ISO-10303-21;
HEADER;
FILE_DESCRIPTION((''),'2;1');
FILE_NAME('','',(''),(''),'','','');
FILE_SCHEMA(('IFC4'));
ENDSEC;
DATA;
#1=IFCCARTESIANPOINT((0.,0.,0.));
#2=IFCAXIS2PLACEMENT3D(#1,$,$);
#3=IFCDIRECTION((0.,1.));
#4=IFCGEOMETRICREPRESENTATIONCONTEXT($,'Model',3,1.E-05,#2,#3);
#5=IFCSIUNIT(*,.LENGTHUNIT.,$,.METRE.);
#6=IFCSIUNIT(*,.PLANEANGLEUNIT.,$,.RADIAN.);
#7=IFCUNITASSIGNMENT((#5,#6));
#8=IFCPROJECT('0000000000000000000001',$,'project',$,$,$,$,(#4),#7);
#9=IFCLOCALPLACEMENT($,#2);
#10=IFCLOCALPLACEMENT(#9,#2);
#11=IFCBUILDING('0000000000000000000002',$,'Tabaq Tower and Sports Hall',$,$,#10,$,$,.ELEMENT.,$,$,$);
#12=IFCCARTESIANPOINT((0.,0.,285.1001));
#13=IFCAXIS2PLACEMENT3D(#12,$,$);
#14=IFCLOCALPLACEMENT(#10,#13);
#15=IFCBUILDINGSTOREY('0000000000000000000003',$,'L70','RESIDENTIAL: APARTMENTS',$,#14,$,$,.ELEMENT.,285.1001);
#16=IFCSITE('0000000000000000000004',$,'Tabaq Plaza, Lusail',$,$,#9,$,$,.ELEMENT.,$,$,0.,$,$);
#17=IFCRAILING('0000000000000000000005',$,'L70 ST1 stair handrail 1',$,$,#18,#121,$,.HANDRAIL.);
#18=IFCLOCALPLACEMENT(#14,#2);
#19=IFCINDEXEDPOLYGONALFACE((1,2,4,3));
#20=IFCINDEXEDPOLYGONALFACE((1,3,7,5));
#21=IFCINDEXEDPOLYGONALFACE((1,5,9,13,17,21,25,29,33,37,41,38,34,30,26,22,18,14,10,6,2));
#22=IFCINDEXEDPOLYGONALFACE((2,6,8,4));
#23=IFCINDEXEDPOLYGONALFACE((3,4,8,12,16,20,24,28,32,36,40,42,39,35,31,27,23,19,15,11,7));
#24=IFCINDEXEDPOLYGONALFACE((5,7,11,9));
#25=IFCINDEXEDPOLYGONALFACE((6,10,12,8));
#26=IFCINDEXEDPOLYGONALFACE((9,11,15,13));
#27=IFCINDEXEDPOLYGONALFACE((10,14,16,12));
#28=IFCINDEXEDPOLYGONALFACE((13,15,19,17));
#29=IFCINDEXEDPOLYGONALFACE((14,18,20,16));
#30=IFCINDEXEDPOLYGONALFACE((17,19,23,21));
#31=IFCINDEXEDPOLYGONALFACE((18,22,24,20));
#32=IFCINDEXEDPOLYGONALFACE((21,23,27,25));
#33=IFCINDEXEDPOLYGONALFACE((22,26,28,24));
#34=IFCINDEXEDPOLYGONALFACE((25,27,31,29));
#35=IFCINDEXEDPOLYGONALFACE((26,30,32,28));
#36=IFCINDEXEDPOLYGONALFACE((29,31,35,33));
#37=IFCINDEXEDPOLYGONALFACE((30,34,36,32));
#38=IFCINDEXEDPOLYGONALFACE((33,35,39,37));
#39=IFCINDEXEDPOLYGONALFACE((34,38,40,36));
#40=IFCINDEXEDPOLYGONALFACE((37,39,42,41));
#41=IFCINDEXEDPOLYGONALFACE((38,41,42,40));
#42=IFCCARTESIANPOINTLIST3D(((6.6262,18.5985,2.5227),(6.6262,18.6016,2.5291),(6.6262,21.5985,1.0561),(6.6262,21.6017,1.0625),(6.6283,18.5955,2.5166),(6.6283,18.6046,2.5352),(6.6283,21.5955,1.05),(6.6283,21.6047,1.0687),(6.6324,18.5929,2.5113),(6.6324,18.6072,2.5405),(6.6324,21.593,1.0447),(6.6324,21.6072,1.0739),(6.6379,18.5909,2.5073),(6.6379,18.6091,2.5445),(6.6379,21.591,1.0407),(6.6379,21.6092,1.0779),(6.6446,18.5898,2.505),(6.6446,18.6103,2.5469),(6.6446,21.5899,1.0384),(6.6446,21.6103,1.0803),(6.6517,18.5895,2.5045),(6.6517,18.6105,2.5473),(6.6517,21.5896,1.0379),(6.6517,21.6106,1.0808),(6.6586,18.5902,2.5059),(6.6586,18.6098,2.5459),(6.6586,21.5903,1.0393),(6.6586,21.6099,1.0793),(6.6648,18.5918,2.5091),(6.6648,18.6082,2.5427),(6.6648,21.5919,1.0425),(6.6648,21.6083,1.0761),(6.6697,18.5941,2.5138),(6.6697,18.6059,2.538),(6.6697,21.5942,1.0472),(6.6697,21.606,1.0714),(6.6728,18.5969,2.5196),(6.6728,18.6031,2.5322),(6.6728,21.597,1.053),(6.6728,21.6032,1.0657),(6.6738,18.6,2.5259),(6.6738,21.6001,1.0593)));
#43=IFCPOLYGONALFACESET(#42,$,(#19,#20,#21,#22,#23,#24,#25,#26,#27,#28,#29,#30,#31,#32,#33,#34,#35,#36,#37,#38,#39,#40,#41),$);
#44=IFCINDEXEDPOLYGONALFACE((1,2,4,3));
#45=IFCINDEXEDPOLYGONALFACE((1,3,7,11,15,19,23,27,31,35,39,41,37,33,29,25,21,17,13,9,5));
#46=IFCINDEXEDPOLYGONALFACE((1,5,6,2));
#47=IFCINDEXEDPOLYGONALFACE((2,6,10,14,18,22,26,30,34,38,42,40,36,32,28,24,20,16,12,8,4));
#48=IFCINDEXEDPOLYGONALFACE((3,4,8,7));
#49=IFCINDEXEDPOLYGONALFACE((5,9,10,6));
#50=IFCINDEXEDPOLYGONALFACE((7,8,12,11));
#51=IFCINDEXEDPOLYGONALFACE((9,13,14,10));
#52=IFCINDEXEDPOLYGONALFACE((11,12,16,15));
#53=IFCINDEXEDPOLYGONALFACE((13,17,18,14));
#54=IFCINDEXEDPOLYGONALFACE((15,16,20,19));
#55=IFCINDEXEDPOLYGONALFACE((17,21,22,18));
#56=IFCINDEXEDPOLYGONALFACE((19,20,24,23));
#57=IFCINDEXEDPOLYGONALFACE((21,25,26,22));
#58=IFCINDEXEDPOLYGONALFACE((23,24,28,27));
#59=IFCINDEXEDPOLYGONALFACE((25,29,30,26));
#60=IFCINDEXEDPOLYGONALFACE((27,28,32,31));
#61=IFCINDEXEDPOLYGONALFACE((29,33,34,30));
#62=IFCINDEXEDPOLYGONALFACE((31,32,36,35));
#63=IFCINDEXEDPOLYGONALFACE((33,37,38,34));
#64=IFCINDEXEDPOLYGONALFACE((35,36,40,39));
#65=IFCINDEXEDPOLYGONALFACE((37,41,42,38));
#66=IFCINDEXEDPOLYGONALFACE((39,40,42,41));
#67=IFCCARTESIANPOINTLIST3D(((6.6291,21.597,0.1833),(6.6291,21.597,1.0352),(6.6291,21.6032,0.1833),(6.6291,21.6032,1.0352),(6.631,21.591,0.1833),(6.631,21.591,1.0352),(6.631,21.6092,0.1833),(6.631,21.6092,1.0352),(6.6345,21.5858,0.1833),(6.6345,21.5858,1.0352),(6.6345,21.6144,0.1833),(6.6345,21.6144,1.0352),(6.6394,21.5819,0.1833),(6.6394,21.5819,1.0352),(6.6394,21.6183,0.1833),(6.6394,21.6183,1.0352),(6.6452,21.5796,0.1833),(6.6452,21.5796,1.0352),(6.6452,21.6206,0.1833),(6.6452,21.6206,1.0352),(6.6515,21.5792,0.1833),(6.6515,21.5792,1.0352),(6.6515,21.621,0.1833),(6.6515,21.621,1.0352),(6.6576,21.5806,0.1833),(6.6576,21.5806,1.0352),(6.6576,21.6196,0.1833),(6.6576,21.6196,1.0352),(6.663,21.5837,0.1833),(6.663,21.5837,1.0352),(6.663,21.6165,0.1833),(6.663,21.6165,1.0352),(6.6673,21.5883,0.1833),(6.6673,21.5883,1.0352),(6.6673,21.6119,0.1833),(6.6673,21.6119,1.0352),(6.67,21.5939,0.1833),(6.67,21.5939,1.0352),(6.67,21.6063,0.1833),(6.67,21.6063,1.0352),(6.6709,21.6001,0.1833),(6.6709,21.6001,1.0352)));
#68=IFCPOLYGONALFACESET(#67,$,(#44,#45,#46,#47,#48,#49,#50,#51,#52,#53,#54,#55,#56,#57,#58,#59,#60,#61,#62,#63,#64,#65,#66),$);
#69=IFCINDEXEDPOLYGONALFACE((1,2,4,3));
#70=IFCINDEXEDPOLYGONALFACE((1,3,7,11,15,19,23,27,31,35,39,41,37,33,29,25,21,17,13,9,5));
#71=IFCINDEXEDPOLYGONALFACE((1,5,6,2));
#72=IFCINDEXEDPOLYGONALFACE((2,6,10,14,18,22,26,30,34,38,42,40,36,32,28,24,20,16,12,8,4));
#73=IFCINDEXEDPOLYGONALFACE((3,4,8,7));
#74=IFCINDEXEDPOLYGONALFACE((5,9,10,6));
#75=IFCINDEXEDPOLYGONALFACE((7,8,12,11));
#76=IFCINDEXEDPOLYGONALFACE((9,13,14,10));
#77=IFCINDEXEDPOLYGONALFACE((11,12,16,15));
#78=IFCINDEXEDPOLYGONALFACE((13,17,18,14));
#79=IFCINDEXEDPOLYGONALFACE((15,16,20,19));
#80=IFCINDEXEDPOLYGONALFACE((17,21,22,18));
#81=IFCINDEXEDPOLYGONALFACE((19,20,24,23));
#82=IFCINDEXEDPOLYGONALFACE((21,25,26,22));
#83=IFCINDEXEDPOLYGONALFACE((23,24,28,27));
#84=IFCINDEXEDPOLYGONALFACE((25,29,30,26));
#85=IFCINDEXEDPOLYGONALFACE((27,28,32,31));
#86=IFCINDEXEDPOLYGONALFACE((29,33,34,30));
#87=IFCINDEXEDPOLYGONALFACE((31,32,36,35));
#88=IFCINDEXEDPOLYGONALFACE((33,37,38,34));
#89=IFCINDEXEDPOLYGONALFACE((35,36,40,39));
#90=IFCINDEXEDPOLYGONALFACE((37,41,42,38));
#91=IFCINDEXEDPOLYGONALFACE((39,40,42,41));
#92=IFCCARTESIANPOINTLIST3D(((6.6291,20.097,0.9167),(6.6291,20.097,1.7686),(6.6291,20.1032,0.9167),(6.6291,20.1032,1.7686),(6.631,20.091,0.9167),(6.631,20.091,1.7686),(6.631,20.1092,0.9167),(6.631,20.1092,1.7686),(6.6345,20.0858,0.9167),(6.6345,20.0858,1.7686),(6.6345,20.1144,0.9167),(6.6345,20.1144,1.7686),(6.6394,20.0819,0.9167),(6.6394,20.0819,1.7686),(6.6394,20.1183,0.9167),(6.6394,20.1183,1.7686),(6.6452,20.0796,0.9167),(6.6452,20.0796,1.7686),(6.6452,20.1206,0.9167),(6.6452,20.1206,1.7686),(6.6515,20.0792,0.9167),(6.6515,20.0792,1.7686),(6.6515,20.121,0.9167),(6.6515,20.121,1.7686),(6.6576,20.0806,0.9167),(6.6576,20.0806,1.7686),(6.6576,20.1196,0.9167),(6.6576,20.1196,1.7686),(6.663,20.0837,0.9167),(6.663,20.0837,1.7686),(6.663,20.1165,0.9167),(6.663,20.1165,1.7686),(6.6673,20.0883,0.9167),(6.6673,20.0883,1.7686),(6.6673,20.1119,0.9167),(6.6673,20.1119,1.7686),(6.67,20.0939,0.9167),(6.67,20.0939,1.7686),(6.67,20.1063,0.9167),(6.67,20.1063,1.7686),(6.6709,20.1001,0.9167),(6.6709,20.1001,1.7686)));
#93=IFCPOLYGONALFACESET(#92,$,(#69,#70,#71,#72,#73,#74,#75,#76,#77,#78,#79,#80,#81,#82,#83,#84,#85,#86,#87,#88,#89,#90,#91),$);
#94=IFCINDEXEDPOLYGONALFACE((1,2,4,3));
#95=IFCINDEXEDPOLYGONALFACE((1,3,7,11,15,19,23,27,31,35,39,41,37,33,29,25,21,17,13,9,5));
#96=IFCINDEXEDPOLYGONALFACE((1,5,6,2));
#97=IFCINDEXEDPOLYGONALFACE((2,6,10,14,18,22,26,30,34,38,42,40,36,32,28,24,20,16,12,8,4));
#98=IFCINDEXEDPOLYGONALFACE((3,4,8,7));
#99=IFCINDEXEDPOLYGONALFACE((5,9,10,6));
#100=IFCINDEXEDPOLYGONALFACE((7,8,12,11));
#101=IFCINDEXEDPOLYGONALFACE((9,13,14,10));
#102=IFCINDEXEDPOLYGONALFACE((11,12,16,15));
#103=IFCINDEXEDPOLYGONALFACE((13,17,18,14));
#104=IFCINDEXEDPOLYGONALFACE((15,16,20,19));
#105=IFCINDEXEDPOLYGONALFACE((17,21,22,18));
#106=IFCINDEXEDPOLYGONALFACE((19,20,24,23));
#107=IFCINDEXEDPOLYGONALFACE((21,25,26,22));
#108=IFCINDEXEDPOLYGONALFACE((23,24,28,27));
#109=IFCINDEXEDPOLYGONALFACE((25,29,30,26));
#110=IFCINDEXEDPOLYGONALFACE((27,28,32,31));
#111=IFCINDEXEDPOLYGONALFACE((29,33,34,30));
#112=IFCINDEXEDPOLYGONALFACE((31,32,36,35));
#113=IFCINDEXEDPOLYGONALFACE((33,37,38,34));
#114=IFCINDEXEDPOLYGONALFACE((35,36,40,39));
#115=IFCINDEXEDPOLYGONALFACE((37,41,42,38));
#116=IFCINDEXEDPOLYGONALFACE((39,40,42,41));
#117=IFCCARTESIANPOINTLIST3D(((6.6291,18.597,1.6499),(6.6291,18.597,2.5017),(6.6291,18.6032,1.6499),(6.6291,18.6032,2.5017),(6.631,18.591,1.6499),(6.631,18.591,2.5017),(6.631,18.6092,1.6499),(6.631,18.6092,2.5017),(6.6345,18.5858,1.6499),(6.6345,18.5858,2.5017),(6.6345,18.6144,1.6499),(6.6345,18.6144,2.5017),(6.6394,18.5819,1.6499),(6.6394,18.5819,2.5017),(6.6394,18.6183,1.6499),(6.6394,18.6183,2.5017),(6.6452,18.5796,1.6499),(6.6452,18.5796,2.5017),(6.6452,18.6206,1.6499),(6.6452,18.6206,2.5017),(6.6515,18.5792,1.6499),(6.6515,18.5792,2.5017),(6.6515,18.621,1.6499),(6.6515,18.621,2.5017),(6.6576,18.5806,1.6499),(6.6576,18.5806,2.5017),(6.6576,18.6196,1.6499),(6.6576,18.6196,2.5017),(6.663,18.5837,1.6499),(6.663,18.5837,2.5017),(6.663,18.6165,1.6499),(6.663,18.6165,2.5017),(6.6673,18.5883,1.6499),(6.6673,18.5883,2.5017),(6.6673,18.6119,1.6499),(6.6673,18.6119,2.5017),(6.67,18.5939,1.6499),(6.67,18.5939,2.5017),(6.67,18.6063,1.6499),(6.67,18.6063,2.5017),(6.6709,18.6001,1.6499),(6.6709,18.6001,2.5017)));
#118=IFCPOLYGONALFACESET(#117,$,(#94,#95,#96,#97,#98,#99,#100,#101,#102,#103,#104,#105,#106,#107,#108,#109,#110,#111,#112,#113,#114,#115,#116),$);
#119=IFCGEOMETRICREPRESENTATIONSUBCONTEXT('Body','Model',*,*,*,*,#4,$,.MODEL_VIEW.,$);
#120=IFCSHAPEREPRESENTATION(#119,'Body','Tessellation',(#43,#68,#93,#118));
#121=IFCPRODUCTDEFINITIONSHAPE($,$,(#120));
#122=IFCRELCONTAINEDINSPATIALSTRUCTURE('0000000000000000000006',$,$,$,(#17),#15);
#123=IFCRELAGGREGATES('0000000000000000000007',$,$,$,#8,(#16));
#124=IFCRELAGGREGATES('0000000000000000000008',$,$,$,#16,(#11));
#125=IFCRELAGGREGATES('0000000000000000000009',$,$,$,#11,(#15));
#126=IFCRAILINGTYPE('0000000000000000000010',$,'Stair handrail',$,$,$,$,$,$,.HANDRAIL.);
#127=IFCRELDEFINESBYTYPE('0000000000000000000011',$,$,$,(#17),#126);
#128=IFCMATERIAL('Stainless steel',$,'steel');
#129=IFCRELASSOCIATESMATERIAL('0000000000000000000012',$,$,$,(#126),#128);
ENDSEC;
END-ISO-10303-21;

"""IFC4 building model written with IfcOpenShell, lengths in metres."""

from ifc_helpers import new_model, si_unit, direction, frame, origin, origin_2d, place, context, subcontext, project, spatial, circle, extrude, material, type_object, element, save


model = new_model("IFC4")

# Units and contexts
model_context = context("Model", 3, precision=1e-05, world=origin(), true_north=direction((0.0, 1.0)))
body_context = subcontext(model_context, "Body", "Model", "MODEL_VIEW")
ifc_project = project(units=[si_unit("LENGTHUNIT", "METRE"), si_unit("PLANEANGLEUNIT", "RADIAN")], contexts=[model_context])

# Site, building, storey
site_placement = place(None, origin())
site = spatial("IfcSite", under=ifc_project, at=site_placement, Name="Tabaq Plaza, Lusail", CompositionType="ELEMENT", RefElevation=0.0)
building_placement = place(site_placement, origin())
building = spatial("IfcBuilding", under=site, at=building_placement, Name="Tabaq Tower and Sports Hall", CompositionType="ELEMENT")
storey_placement = place(building_placement, frame((0.0, 0.0, 285.1001)))
storey = spatial("IfcBuildingStorey", under=building, at=storey_placement, Name="L70", Description="RESIDENTIAL: APARTMENTS", CompositionType="ELEMENT", Elevation=285.1001)

# Railing
ifc_material_1 = material(Name="Stainless steel", Category="steel")
railing_type = type_object("IfcRailingType", Name="Stair handrail", PredefinedType="HANDRAIL", material=ifc_material_1)
railing_1_placement = place(storey_placement, frame((6.6499, 21.6001, 0.1833)))
element("IfcRailing", 1, at=railing_1_placement, inside=storey, type_object=railing_type, Name="L70 ST1 stair handrail 1", PredefinedType="HANDRAIL", context=body_context, shape_type="SweptSolid", body=[
    extrude(circle(Radius=0.0239, at=origin_2d()), frame((0.0, 0.0, 0.876), z_axis=(0.0, -0.898398, 0.439183), x_axis=(1.0, 0.0, 0.0)), (0.0, 0.0, 1.0), 3.3394),
    extrude(circle(Radius=0.021, at=origin_2d()), origin(), (0.0, 0.0, 1.0), 0.8518),
    extrude(circle(Radius=0.021, at=origin_2d()), frame((0.0, -1.5, 0.7334)), (0.0, 0.0, 1.0), 0.8518),
    extrude(circle(Radius=0.021, at=origin_2d()), frame((0.0, -3.0, 1.4666)), (0.0, 0.0, 1.0), 0.8518),
])

save(model, "model.ifc")
